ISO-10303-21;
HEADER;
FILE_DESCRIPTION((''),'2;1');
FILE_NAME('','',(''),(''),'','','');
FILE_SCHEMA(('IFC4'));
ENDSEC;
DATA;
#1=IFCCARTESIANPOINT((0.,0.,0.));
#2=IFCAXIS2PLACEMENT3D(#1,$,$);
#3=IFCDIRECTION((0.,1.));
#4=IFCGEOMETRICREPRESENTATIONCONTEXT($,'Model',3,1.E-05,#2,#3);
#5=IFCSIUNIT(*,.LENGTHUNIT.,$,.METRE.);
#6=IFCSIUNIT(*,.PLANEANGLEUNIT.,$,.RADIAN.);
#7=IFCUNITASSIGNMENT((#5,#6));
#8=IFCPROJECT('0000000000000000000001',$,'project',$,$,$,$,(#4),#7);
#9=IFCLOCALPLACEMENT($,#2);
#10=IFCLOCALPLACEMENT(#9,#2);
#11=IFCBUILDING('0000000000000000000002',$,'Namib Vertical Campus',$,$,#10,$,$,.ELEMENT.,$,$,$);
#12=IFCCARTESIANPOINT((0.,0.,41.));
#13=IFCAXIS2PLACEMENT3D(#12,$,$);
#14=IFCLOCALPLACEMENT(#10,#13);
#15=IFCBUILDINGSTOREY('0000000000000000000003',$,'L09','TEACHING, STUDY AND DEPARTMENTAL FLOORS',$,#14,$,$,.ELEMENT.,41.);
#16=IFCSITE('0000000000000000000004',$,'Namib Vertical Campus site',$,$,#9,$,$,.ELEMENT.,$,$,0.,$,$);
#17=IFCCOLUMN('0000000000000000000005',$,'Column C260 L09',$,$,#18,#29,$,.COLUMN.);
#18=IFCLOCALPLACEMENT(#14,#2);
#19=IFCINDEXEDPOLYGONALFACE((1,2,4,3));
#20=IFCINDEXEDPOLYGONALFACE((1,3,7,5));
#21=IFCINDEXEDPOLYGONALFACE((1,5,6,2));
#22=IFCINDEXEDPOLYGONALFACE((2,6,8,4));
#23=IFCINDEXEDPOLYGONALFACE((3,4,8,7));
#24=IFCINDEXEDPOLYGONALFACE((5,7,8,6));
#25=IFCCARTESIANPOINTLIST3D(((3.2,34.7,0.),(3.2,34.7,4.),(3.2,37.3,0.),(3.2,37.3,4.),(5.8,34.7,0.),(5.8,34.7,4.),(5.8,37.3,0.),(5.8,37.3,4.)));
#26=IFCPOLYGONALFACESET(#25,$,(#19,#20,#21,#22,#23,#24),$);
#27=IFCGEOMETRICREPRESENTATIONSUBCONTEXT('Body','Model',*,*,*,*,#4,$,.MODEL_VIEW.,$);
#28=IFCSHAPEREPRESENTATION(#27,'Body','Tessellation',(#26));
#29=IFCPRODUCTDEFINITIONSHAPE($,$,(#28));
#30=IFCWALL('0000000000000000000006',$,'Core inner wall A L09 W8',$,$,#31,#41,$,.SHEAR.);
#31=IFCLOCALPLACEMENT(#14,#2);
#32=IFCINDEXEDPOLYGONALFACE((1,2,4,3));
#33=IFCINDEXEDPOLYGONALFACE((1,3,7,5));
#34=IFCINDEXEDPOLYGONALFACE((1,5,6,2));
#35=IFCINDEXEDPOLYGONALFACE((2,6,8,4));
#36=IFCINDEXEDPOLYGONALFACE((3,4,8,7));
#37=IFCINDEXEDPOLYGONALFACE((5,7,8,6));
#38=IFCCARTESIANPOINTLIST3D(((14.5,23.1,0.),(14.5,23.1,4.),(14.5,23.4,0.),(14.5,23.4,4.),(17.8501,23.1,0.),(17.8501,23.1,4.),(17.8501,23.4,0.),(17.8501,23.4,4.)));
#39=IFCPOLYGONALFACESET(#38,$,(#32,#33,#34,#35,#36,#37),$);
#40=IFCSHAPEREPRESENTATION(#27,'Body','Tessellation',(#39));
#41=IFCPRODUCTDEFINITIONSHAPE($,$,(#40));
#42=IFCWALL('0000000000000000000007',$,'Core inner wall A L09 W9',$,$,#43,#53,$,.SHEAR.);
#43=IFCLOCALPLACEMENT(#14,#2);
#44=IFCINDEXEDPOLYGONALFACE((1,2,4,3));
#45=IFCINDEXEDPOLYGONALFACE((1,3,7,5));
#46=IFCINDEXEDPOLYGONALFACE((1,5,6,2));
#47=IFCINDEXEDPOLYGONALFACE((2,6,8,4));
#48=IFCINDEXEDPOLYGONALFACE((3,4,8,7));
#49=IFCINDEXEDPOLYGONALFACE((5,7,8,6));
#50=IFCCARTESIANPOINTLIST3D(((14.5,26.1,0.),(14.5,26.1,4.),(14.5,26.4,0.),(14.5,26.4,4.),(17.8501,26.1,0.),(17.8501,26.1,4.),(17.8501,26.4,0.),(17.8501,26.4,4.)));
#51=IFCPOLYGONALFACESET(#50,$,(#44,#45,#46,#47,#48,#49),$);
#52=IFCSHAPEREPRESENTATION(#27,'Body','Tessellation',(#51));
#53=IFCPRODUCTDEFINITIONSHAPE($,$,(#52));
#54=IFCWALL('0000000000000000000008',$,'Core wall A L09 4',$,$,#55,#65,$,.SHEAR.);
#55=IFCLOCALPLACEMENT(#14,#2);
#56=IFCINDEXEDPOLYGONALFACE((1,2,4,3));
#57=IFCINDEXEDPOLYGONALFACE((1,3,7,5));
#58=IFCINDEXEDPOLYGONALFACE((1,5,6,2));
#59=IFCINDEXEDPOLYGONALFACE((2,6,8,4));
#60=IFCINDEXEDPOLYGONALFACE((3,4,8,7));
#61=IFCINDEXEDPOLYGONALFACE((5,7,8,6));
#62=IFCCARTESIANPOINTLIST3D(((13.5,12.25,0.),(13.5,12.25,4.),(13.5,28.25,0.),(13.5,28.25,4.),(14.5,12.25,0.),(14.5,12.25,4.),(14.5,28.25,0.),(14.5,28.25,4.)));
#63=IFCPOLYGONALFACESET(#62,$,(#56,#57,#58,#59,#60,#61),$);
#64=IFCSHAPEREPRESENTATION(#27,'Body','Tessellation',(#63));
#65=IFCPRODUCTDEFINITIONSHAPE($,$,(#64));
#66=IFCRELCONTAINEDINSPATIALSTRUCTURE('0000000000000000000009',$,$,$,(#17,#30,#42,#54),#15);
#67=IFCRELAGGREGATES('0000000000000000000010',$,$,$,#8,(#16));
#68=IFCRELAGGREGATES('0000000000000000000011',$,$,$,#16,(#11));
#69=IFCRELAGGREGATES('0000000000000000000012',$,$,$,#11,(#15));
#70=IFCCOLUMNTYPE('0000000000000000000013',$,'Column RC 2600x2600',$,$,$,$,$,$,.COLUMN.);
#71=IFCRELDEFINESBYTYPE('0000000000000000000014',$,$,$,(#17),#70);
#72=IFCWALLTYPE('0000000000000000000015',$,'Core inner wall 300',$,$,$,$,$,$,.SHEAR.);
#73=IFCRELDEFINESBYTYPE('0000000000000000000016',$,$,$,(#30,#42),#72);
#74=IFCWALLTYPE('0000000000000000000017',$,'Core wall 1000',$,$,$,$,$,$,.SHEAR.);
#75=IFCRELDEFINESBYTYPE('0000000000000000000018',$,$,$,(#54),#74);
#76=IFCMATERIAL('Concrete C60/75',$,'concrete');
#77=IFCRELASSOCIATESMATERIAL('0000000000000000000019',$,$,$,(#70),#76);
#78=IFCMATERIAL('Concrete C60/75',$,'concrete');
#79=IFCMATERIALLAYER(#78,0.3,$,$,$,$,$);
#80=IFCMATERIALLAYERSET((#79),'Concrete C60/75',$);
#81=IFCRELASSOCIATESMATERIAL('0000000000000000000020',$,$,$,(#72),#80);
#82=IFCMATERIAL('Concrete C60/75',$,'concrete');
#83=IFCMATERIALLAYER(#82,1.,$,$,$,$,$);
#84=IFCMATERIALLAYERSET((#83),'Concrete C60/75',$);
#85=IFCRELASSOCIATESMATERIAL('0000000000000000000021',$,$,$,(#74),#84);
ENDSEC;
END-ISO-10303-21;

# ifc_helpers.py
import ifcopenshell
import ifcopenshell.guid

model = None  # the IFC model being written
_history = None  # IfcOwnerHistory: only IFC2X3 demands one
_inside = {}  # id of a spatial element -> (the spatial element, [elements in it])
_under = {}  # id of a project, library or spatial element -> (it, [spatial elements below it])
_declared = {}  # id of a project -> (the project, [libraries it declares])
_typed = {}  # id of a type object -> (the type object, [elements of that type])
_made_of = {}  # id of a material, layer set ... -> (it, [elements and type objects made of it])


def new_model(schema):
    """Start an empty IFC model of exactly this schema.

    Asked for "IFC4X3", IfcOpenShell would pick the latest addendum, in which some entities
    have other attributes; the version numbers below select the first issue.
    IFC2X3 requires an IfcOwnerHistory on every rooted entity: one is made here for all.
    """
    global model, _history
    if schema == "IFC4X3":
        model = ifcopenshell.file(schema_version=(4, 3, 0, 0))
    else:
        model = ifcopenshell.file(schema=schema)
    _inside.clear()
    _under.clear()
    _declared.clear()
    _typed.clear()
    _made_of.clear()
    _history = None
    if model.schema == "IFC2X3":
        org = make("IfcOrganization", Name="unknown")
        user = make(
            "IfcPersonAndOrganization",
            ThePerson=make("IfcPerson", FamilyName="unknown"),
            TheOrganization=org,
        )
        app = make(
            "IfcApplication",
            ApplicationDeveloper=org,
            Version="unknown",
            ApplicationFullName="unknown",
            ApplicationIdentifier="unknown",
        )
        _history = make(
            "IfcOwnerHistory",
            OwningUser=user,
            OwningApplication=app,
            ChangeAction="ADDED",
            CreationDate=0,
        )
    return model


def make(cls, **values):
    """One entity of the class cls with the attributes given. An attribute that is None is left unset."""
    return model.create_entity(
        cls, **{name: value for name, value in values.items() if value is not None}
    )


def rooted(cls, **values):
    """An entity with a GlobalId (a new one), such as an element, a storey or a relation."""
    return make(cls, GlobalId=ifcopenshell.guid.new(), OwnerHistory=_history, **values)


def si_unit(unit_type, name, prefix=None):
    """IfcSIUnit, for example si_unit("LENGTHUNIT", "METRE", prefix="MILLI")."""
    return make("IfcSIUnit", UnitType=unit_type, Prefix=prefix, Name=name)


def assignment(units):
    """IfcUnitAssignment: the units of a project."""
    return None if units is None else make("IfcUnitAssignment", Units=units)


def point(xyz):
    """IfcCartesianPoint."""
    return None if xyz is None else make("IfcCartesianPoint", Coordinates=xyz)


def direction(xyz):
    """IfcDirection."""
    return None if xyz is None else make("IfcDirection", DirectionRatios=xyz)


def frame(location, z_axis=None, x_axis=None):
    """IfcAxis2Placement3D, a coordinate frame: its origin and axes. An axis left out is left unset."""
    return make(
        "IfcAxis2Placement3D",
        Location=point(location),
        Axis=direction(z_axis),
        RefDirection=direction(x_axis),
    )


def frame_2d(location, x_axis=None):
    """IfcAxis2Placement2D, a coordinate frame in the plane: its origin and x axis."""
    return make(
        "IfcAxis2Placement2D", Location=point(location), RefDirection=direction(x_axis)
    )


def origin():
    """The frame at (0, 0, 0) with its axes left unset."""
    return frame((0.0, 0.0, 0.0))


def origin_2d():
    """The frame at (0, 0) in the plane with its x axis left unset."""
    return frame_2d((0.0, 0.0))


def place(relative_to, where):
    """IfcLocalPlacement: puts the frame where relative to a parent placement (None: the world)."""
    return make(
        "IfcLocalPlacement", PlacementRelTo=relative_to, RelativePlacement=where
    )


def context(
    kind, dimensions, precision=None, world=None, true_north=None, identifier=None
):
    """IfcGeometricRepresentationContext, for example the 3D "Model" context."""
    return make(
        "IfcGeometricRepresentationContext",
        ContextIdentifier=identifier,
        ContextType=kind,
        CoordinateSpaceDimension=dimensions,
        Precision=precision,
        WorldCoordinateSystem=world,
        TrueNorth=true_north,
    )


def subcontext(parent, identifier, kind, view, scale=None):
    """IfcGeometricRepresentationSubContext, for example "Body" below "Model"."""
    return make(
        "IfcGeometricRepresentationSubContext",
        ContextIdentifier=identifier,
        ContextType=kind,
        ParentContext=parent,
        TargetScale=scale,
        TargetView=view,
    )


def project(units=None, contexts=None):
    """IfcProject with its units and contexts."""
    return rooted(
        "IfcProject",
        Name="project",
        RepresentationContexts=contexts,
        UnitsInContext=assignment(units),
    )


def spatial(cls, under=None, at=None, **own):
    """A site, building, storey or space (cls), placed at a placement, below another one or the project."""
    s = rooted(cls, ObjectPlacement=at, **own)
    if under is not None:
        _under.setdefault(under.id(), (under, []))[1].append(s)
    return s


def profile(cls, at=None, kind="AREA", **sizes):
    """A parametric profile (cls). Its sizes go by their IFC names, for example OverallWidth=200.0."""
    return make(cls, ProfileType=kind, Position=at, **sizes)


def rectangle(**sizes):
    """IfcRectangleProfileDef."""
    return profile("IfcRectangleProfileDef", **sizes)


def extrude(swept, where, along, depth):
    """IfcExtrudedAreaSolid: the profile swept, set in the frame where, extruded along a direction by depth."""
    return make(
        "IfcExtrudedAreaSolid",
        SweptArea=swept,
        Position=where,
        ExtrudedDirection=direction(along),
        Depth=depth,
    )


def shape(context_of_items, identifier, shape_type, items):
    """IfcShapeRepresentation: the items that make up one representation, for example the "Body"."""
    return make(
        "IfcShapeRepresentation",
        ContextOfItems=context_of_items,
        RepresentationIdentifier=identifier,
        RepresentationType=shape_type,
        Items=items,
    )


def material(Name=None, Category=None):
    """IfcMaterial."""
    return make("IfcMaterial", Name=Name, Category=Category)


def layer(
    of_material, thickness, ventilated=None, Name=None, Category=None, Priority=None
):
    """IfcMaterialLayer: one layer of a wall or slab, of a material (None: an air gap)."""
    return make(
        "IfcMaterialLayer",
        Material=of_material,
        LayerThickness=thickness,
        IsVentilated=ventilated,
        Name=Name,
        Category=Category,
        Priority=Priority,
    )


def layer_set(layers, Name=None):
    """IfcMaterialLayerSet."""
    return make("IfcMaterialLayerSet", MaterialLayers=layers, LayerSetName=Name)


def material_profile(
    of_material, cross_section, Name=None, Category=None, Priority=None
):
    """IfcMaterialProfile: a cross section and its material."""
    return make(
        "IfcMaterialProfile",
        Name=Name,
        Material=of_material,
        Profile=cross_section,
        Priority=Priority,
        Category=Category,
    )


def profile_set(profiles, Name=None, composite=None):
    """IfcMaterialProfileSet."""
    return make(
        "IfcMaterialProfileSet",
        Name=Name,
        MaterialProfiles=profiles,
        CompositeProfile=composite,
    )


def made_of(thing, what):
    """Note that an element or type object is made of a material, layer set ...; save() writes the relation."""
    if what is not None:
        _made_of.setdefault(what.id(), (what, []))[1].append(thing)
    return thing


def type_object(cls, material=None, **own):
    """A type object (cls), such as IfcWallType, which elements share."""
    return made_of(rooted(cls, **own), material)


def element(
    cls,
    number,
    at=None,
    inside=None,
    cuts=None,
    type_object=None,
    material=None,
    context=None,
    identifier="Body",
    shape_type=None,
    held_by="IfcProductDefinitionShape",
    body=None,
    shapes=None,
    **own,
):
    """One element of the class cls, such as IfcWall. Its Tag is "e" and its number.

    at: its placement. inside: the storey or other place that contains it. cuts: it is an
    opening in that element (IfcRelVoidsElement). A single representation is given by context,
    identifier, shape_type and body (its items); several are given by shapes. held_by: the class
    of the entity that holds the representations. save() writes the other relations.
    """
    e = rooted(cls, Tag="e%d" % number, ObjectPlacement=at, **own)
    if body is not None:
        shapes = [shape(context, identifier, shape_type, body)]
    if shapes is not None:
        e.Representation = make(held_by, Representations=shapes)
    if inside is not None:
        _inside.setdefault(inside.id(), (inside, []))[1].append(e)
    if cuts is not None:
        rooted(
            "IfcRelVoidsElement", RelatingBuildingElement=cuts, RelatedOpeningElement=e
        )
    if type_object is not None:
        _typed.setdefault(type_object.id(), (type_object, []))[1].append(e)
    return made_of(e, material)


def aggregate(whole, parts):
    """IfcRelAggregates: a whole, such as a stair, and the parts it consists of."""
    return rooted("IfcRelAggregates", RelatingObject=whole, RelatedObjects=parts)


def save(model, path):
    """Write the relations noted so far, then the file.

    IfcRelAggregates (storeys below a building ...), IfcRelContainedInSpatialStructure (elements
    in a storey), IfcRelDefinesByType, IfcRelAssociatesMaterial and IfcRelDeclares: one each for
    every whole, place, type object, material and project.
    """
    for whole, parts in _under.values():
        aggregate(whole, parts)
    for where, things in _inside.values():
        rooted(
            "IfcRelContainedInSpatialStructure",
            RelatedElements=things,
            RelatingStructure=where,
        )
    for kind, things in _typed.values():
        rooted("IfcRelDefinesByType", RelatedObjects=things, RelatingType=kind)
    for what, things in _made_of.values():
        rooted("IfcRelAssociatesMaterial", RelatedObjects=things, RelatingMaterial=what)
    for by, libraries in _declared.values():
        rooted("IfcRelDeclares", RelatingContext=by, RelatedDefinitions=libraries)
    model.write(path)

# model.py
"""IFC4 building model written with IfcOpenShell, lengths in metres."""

from ifc_helpers import new_model, si_unit, direction, frame, frame_2d, origin, origin_2d, place, context, subcontext, project, spatial, rectangle, extrude, material, layer, layer_set, material_profile, profile_set, type_object, element, save


model = new_model("IFC4")

# Units and contexts
model_context = context("Model", 3, precision=1e-05, world=origin(), true_north=direction((0.0, 1.0)))
body_context = subcontext(model_context, "Body", "Model", "MODEL_VIEW")
ifc_project = project(units=[si_unit("LENGTHUNIT", "METRE"), si_unit("PLANEANGLEUNIT", "RADIAN")], contexts=[model_context])

# Site, building, storey
site_placement = place(None, origin())
site = spatial("IfcSite", under=ifc_project, at=site_placement, Name="Namib Vertical Campus site", CompositionType="ELEMENT", RefElevation=0.0)
building_placement = place(site_placement, origin())
building = spatial("IfcBuilding", under=site, at=building_placement, Name="Namib Vertical Campus", CompositionType="ELEMENT")
storey_placement = place(building_placement, frame((0.0, 0.0, 41.0)))
storey = spatial("IfcBuildingStorey", under=building, at=storey_placement, Name="L09", Description="TEACHING, STUDY AND DEPARTMENTAL FLOORS", CompositionType="ELEMENT", Elevation=41.0)

# Column
ifc_material_1 = material(Name="Concrete C60/75", Category="concrete")
ifc_material_profile = material_profile(ifc_material_1, rectangle(XDim=2.6001, YDim=2.6001, at=origin_2d()))
ifc_profile_set = profile_set([ifc_material_profile], Name="Concrete C60/75")
column_type = type_object("IfcColumnType", Name="Column RC 2600x2600", PredefinedType="COLUMN", material=ifc_profile_set)
column_placement = place(storey_placement, frame((4.5, 36.0, 0.0), z_axis=(0.0, 0.0, 1.0), x_axis=(1.0, 0.0, 0.0)))
element("IfcColumn", 1, at=column_placement, inside=storey, type_object=column_type, Name="Column C260 L09", PredefinedType="COLUMN", context=body_context, shape_type="SweptSolid", body=[
    extrude(rectangle(XDim=2.6001, YDim=2.6001, at=origin_2d()), origin(), (0.0, 0.0, 1.0), 4.0),
])

# Walls
ifc_material_2 = material(Name="Concrete C60/75", Category="concrete")
ifc_layer_1 = layer(ifc_material_2, 0.3)
ifc_layer_set_1 = layer_set([ifc_layer_1], Name="Concrete C60/75")
wall_type_1 = type_object("IfcWallType", Name="Core inner wall 300", PredefinedType="SHEAR", material=ifc_layer_set_1)
for number, where, z_axis, x_axis, name in (
    (2, (14.5, 23.25, 0.0), (0.0, 0.0, 1.0), (1.0, 0.0, 0.0), "Core inner wall A L09 W8"),
    (3, (14.5, 26.25, 0.0), (0.0, 0.0, 1.0), (1.0, 0.0, 0.0), "Core inner wall A L09 W9"),
):
    element("IfcWall", number, at=place(storey_placement, frame(where, z_axis=z_axis, x_axis=x_axis)), inside=storey, type_object=wall_type_1, Name=name, PredefinedType="SHEAR", context=body_context, shape_type="SweptSolid", body=[
        extrude(rectangle(XDim=3.3501, YDim=0.3, at=frame_2d((1.675, 0.0))), origin(), (0.0, 0.0, 1.0), 4.0),
    ])
ifc_material_3 = material(Name="Concrete C60/75", Category="concrete")
ifc_layer_2 = layer(ifc_material_3, 1.0)
ifc_layer_set_2 = layer_set([ifc_layer_2], Name="Concrete C60/75")
wall_type_2 = type_object("IfcWallType", Name="Core wall 1000", PredefinedType="SHEAR", material=ifc_layer_set_2)
wall_1_placement = place(storey_placement, frame((14.0, 28.25, 0.0), z_axis=(0.0, 0.0, 1.0), x_axis=(0.0, -1.0, 0.0)))
element("IfcWall", 4, at=wall_1_placement, inside=storey, type_object=wall_type_2, Name="Core wall A L09 4", PredefinedType="SHEAR", context=body_context, shape_type="SweptSolid", body=[
    extrude(rectangle(XDim=16.0, YDim=1.0, at=frame_2d((8.0, 0.0))), origin(), (0.0, 0.0, 1.0), 4.0),
])

save(model, "model.ifc")
